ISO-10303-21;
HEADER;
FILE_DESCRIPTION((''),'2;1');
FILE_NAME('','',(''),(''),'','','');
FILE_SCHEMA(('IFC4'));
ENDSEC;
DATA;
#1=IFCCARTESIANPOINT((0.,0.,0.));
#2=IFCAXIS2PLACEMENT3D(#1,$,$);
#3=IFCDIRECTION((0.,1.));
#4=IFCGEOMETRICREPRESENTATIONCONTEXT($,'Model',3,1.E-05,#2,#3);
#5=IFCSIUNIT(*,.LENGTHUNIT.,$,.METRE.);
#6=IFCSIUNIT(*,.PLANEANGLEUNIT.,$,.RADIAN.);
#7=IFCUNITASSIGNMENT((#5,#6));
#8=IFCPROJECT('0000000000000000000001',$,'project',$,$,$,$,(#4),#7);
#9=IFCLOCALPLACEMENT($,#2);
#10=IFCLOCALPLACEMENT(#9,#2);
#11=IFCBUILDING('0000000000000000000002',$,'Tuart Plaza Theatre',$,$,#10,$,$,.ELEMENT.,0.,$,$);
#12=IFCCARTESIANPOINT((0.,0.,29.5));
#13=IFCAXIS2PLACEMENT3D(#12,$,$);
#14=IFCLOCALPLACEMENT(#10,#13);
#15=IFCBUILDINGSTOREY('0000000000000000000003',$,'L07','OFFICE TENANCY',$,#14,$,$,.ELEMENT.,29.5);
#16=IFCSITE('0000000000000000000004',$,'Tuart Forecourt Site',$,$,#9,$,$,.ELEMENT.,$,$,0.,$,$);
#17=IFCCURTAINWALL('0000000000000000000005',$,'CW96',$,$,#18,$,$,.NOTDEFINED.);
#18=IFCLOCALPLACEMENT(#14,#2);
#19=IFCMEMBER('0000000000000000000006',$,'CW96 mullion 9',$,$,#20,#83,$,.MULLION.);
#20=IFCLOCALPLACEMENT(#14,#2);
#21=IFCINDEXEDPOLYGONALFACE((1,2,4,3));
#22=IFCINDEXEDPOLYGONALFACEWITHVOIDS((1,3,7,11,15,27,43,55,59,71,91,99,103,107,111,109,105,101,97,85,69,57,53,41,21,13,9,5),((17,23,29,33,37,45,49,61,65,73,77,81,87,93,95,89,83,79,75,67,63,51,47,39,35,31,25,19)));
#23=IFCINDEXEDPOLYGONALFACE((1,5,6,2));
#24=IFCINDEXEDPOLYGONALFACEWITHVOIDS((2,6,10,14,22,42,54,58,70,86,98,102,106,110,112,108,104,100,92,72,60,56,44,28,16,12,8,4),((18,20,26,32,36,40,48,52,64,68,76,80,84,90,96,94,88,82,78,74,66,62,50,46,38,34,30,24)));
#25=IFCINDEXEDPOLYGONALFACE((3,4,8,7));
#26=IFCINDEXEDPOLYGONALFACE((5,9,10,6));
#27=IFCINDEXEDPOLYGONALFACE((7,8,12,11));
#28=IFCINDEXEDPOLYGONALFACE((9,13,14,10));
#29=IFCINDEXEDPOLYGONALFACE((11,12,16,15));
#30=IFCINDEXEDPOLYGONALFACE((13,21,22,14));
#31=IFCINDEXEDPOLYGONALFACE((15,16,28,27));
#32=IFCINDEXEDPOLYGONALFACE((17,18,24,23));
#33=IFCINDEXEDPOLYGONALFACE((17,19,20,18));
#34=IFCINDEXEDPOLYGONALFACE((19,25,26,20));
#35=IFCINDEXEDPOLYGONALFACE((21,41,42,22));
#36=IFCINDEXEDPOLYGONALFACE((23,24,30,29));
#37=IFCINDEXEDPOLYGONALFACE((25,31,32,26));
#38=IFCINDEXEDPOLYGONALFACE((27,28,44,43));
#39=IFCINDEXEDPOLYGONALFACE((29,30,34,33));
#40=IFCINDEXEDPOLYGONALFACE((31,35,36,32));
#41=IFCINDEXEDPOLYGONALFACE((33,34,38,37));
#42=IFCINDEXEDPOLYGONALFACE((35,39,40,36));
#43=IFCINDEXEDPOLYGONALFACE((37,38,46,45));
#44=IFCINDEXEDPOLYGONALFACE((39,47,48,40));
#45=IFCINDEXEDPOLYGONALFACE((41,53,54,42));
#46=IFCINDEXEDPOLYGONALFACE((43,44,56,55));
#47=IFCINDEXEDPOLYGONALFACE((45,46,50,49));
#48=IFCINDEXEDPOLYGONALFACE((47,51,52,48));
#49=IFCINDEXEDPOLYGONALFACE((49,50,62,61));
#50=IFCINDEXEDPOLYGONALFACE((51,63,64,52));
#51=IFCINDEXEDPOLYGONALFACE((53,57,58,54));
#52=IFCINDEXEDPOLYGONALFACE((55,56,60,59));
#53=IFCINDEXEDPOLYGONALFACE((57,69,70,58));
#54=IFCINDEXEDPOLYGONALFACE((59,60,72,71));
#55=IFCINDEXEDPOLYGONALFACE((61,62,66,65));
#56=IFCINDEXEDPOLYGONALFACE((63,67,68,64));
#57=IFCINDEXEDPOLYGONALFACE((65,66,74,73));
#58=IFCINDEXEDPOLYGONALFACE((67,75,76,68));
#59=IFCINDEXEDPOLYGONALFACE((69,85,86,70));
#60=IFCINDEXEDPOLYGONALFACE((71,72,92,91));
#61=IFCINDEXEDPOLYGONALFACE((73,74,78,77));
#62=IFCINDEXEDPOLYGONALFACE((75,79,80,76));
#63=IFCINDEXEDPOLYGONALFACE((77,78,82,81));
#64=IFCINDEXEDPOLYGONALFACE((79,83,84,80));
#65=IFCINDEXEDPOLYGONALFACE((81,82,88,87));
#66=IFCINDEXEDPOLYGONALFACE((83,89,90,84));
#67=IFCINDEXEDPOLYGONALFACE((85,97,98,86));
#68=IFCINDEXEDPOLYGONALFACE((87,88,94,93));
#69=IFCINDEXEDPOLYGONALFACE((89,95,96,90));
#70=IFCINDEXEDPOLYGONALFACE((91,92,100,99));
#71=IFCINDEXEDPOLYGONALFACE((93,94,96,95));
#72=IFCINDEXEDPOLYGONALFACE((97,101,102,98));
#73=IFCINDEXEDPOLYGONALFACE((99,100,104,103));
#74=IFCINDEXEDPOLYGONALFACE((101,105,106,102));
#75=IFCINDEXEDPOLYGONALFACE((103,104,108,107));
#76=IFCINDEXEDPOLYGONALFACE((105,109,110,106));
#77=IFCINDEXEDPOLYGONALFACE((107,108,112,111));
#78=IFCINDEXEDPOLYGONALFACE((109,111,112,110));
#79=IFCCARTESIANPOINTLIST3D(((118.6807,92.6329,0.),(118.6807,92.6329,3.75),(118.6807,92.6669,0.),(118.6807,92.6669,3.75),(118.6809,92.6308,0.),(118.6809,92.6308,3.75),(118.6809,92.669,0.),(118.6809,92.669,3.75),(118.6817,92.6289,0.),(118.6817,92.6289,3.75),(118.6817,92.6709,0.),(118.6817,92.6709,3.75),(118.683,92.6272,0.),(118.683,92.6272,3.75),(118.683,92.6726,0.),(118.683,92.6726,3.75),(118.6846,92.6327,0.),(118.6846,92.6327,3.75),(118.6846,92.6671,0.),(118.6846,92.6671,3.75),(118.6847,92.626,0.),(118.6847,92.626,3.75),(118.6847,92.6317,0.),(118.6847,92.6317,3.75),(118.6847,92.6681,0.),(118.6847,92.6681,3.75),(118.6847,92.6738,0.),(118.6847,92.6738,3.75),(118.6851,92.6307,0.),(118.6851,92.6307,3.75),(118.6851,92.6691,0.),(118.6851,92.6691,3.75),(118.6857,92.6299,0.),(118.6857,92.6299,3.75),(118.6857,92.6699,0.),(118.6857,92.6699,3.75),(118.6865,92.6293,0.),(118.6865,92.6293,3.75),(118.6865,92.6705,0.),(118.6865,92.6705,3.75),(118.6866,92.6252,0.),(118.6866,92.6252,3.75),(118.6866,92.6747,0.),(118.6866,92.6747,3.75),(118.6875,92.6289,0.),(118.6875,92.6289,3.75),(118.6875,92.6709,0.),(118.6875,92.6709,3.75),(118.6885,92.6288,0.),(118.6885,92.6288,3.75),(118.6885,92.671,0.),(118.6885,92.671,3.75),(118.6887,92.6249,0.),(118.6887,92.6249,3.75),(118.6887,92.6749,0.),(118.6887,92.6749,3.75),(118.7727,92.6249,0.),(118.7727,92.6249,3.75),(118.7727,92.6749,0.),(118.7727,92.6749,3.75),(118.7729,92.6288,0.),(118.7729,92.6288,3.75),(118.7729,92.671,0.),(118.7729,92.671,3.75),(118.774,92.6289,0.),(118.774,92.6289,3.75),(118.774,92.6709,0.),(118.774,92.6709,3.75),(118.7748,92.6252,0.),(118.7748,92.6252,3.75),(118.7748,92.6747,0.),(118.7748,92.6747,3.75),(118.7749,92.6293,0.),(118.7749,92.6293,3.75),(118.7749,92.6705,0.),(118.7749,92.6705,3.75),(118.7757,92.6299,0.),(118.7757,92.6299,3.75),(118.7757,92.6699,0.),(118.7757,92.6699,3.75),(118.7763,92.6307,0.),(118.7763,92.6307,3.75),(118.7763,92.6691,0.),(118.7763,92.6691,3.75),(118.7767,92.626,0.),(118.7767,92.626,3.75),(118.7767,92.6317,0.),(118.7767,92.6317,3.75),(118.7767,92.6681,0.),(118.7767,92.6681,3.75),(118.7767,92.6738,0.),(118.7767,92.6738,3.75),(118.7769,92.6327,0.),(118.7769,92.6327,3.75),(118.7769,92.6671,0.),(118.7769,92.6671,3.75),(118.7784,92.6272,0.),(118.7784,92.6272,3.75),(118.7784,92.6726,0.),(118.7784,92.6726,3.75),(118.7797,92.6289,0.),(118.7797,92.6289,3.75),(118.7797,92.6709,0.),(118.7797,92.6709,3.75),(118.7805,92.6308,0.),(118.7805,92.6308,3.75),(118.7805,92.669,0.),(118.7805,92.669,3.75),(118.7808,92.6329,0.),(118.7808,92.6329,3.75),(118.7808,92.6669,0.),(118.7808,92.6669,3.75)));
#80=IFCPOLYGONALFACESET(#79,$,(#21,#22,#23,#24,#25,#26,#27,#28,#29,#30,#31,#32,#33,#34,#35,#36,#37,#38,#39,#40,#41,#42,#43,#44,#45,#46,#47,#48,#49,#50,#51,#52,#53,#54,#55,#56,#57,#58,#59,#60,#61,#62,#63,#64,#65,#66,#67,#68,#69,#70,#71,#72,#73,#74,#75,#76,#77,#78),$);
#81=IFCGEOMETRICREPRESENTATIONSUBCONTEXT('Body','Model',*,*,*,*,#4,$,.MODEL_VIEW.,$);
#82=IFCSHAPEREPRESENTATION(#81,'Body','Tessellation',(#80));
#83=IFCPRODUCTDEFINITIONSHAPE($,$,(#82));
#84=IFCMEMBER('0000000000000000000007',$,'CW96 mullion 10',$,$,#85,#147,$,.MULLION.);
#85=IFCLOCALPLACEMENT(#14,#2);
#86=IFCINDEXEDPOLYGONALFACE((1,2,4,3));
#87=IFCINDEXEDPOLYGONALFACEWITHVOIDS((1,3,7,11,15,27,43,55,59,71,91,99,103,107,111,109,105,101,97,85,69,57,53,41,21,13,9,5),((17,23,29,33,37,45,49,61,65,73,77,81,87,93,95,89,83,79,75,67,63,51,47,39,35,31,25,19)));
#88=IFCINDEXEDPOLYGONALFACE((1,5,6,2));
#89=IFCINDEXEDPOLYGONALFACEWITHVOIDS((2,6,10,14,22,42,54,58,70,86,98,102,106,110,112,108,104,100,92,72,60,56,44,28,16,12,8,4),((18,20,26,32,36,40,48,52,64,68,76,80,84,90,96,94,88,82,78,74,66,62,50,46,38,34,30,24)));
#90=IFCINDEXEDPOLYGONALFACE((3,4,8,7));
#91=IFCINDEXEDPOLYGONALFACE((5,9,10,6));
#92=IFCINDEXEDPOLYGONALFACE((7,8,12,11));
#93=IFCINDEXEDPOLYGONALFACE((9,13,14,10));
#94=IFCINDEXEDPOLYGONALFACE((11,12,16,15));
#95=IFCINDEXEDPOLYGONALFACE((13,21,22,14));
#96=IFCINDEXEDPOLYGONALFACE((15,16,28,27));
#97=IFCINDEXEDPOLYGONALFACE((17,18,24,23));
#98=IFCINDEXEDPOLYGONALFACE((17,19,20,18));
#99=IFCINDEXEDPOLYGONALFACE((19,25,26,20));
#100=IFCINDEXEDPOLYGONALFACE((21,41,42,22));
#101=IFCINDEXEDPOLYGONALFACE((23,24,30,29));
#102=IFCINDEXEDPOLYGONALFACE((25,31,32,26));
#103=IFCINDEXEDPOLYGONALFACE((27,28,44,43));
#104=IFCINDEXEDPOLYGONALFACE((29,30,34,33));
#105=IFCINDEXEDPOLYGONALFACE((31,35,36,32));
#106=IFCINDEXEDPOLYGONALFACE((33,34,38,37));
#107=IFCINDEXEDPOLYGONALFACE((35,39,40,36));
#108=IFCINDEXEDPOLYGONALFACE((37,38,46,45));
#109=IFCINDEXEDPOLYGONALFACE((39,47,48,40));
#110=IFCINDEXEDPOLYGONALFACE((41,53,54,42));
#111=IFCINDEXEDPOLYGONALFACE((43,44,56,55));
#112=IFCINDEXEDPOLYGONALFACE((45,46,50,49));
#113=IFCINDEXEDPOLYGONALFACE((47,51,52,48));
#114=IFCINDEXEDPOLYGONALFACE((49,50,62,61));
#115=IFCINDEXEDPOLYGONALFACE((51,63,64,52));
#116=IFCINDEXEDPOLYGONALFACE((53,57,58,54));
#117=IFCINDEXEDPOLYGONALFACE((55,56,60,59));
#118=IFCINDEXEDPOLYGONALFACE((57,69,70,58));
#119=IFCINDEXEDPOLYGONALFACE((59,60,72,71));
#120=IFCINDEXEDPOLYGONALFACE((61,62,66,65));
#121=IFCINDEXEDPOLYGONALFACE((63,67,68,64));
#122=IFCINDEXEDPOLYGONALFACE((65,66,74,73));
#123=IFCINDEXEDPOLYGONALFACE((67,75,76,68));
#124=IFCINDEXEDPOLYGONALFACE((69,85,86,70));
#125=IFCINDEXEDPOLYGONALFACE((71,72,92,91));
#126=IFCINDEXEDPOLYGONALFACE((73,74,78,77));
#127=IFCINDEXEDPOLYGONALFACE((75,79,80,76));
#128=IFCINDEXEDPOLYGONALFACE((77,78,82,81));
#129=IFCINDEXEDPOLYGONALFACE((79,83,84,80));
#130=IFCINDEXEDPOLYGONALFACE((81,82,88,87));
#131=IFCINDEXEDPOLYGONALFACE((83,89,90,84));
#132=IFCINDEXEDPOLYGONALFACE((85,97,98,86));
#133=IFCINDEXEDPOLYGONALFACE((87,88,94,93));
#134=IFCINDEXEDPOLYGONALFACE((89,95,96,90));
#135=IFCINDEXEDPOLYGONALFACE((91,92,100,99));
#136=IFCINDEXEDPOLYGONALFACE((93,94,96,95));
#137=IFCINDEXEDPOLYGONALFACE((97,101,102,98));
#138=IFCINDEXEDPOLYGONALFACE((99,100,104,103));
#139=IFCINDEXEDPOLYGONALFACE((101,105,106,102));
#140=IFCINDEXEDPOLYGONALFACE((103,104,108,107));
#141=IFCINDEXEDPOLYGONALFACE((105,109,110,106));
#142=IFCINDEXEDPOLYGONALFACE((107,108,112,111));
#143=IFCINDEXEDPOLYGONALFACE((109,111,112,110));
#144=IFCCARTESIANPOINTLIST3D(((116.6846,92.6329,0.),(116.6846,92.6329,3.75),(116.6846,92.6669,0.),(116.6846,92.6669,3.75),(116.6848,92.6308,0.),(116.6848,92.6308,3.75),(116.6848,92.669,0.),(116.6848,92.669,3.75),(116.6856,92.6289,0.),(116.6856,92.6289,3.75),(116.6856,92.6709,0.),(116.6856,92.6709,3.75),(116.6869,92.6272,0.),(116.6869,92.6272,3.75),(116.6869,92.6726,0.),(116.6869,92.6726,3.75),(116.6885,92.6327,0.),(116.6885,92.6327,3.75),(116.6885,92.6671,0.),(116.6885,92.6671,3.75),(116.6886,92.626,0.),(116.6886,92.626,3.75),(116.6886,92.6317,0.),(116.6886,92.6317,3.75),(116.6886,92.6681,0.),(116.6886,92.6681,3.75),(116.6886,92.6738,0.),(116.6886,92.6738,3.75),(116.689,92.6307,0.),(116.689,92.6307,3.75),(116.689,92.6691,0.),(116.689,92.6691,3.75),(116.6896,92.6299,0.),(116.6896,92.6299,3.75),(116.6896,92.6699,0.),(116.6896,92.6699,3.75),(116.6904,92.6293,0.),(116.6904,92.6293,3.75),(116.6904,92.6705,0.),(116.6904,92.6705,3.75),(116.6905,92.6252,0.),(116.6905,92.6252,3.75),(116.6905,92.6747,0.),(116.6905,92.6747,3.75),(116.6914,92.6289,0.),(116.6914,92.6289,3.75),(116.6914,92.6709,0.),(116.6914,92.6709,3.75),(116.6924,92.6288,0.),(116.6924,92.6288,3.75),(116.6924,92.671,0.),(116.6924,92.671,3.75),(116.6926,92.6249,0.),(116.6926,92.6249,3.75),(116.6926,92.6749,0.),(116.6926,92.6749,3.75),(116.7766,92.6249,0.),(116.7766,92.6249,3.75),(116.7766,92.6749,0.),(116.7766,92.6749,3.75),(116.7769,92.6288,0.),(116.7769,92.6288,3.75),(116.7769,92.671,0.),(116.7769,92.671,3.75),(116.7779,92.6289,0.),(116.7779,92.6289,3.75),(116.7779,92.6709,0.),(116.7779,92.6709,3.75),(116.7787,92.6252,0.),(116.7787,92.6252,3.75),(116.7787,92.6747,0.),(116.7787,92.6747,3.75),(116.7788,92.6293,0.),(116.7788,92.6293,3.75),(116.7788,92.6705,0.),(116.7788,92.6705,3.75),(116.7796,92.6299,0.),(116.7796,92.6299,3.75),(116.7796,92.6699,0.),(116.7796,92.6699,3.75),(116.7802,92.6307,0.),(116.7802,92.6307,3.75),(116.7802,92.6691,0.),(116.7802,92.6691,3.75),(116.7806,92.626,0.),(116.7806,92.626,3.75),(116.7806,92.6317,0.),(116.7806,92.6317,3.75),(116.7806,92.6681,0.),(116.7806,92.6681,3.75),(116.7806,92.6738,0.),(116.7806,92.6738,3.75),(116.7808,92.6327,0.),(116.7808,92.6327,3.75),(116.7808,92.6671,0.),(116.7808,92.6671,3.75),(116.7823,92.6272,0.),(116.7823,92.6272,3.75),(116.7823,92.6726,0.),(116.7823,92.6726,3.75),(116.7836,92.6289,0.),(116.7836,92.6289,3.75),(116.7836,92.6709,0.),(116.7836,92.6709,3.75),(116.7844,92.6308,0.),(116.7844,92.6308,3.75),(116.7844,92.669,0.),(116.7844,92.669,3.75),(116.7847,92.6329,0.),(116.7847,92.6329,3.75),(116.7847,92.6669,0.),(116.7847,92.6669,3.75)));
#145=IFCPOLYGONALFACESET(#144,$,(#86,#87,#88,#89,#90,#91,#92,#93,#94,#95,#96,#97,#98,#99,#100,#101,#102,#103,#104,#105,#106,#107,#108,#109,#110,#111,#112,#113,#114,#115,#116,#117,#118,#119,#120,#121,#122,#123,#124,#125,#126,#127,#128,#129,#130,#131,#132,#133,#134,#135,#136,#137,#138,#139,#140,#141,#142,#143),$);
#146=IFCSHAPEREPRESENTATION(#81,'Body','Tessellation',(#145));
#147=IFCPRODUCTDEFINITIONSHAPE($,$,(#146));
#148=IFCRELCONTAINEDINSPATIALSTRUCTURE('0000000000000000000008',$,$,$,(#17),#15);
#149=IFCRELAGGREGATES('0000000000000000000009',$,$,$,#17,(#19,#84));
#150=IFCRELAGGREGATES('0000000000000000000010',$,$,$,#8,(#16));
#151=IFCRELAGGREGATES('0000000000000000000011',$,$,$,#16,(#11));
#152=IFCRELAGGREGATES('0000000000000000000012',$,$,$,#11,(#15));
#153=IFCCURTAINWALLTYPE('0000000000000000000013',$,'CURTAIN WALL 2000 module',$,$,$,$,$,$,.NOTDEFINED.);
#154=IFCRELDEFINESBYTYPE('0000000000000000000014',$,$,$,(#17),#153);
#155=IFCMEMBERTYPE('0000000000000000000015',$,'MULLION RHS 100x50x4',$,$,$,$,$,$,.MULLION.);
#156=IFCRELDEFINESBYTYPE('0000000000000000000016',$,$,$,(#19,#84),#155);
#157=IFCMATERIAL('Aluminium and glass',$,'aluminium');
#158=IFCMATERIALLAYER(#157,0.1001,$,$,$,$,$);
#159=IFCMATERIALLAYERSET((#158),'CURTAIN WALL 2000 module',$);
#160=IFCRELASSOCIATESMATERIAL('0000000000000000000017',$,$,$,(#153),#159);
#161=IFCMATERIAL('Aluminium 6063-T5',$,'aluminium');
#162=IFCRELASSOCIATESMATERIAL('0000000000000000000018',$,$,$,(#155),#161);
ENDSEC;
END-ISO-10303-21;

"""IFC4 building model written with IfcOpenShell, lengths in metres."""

from ifc_helpers import new_model, si_unit, direction, frame, origin, origin_2d, place, context, subcontext, project, spatial, hollow_rectangle, extrude, material, layer, layer_set, material_profile, profile_set, type_object, element, aggregate, save


model = new_model("IFC4")

# Units and contexts
model_context = context("Model", 3, precision=1e-05, world=origin(), true_north=direction((0.0, 1.0)))
body_context = subcontext(model_context, "Body", "Model", "MODEL_VIEW")
ifc_project = project(units=[si_unit("LENGTHUNIT", "METRE"), si_unit("PLANEANGLEUNIT", "RADIAN")], contexts=[model_context])

# Site, building, storey
site_placement = place(None, origin())
site = spatial("IfcSite", under=ifc_project, at=site_placement, Name="Tuart Forecourt Site", CompositionType="ELEMENT", RefElevation=0.0)
building_placement = place(site_placement, origin())
building = spatial("IfcBuilding", under=site, at=building_placement, Name="Tuart Plaza Theatre", CompositionType="ELEMENT", ElevationOfRefHeight=0.0)
storey_placement = place(building_placement, frame((0.0, 0.0, 29.5)))
storey = spatial("IfcBuildingStorey", under=building, at=storey_placement, Name="L07", Description="OFFICE TENANCY", CompositionType="ELEMENT", Elevation=29.5)

# Curtain wall, members
ifc_material_1 = material(Name="Aluminium and glass", Category="aluminium")
ifc_layer_1 = layer(ifc_material_1, 0.1001)
ifc_layer_set_1 = layer_set([ifc_layer_1], Name="CURTAIN WALL 2000 module")
curtain_wall_type = type_object("IfcCurtainWallType", Name="CURTAIN WALL 2000 module", PredefinedType="NOTDEFINED", material=ifc_layer_set_1)
curtain_wall_placement = place(storey_placement, origin())
curtain_wall = element("IfcCurtainWall", 1, at=curtain_wall_placement, inside=storey, type_object=curtain_wall_type, Name="CW96", PredefinedType="NOTDEFINED")
ifc_material_2 = material(Name="Aluminium 6063-T5", Category="aluminium")
ifc_material_profile_1 = material_profile(ifc_material_2, hollow_rectangle(XDim=0.05, YDim=0.1001, WallThickness=0.0039, InnerFilletRadius=0.0039, OuterFilletRadius=0.0081, at=origin_2d()), Name="RHS 100x50x4")
ifc_profile_set_1 = profile_set([ifc_material_profile_1], Name="Aluminium 6063-T5")
member_type_1 = type_object("IfcMemberType", Name="MULLION RHS 100x50x4", PredefinedType="MULLION", material=ifc_profile_set_1)
member_1_placement = place(storey_placement, frame((118.7307, 92.6499, 0.0), z_axis=(0.0, 0.0, 1.0), x_axis=(0.0, -1.0, 0.0)))
member_1 = element("IfcMember", 2, at=member_1_placement, type_object=member_type_1, Name="CW96 mullion 9", PredefinedType="MULLION", context=body_context, shape_type="SweptSolid", body=[
    extrude(hollow_rectangle(XDim=0.05, YDim=0.1001, WallThickness=0.0039, InnerFilletRadius=0.0039, OuterFilletRadius=0.0081, at=origin_2d()), origin(), (0.0, 0.0, 1.0), 3.75),
])
member_2_placement = place(storey_placement, frame((116.7346, 92.6499, 0.0), z_axis=(0.0, 0.0, 1.0), x_axis=(0.0, -1.0, 0.0)))
member_2 = element("IfcMember", 3, at=member_2_placement, type_object=member_type_1, Name="CW96 mullion 10", PredefinedType="MULLION", context=body_context, shape_type="SweptSolid", body=[
    extrude(hollow_rectangle(XDim=0.05, YDim=0.1001, WallThickness=0.0039, InnerFilletRadius=0.0039, OuterFilletRadius=0.0081, at=origin_2d()), origin(), (0.0, 0.0, 1.0), 3.75),
])
aggregate(curtain_wall, [member_1, member_2])

save(model, "model.ifc")
